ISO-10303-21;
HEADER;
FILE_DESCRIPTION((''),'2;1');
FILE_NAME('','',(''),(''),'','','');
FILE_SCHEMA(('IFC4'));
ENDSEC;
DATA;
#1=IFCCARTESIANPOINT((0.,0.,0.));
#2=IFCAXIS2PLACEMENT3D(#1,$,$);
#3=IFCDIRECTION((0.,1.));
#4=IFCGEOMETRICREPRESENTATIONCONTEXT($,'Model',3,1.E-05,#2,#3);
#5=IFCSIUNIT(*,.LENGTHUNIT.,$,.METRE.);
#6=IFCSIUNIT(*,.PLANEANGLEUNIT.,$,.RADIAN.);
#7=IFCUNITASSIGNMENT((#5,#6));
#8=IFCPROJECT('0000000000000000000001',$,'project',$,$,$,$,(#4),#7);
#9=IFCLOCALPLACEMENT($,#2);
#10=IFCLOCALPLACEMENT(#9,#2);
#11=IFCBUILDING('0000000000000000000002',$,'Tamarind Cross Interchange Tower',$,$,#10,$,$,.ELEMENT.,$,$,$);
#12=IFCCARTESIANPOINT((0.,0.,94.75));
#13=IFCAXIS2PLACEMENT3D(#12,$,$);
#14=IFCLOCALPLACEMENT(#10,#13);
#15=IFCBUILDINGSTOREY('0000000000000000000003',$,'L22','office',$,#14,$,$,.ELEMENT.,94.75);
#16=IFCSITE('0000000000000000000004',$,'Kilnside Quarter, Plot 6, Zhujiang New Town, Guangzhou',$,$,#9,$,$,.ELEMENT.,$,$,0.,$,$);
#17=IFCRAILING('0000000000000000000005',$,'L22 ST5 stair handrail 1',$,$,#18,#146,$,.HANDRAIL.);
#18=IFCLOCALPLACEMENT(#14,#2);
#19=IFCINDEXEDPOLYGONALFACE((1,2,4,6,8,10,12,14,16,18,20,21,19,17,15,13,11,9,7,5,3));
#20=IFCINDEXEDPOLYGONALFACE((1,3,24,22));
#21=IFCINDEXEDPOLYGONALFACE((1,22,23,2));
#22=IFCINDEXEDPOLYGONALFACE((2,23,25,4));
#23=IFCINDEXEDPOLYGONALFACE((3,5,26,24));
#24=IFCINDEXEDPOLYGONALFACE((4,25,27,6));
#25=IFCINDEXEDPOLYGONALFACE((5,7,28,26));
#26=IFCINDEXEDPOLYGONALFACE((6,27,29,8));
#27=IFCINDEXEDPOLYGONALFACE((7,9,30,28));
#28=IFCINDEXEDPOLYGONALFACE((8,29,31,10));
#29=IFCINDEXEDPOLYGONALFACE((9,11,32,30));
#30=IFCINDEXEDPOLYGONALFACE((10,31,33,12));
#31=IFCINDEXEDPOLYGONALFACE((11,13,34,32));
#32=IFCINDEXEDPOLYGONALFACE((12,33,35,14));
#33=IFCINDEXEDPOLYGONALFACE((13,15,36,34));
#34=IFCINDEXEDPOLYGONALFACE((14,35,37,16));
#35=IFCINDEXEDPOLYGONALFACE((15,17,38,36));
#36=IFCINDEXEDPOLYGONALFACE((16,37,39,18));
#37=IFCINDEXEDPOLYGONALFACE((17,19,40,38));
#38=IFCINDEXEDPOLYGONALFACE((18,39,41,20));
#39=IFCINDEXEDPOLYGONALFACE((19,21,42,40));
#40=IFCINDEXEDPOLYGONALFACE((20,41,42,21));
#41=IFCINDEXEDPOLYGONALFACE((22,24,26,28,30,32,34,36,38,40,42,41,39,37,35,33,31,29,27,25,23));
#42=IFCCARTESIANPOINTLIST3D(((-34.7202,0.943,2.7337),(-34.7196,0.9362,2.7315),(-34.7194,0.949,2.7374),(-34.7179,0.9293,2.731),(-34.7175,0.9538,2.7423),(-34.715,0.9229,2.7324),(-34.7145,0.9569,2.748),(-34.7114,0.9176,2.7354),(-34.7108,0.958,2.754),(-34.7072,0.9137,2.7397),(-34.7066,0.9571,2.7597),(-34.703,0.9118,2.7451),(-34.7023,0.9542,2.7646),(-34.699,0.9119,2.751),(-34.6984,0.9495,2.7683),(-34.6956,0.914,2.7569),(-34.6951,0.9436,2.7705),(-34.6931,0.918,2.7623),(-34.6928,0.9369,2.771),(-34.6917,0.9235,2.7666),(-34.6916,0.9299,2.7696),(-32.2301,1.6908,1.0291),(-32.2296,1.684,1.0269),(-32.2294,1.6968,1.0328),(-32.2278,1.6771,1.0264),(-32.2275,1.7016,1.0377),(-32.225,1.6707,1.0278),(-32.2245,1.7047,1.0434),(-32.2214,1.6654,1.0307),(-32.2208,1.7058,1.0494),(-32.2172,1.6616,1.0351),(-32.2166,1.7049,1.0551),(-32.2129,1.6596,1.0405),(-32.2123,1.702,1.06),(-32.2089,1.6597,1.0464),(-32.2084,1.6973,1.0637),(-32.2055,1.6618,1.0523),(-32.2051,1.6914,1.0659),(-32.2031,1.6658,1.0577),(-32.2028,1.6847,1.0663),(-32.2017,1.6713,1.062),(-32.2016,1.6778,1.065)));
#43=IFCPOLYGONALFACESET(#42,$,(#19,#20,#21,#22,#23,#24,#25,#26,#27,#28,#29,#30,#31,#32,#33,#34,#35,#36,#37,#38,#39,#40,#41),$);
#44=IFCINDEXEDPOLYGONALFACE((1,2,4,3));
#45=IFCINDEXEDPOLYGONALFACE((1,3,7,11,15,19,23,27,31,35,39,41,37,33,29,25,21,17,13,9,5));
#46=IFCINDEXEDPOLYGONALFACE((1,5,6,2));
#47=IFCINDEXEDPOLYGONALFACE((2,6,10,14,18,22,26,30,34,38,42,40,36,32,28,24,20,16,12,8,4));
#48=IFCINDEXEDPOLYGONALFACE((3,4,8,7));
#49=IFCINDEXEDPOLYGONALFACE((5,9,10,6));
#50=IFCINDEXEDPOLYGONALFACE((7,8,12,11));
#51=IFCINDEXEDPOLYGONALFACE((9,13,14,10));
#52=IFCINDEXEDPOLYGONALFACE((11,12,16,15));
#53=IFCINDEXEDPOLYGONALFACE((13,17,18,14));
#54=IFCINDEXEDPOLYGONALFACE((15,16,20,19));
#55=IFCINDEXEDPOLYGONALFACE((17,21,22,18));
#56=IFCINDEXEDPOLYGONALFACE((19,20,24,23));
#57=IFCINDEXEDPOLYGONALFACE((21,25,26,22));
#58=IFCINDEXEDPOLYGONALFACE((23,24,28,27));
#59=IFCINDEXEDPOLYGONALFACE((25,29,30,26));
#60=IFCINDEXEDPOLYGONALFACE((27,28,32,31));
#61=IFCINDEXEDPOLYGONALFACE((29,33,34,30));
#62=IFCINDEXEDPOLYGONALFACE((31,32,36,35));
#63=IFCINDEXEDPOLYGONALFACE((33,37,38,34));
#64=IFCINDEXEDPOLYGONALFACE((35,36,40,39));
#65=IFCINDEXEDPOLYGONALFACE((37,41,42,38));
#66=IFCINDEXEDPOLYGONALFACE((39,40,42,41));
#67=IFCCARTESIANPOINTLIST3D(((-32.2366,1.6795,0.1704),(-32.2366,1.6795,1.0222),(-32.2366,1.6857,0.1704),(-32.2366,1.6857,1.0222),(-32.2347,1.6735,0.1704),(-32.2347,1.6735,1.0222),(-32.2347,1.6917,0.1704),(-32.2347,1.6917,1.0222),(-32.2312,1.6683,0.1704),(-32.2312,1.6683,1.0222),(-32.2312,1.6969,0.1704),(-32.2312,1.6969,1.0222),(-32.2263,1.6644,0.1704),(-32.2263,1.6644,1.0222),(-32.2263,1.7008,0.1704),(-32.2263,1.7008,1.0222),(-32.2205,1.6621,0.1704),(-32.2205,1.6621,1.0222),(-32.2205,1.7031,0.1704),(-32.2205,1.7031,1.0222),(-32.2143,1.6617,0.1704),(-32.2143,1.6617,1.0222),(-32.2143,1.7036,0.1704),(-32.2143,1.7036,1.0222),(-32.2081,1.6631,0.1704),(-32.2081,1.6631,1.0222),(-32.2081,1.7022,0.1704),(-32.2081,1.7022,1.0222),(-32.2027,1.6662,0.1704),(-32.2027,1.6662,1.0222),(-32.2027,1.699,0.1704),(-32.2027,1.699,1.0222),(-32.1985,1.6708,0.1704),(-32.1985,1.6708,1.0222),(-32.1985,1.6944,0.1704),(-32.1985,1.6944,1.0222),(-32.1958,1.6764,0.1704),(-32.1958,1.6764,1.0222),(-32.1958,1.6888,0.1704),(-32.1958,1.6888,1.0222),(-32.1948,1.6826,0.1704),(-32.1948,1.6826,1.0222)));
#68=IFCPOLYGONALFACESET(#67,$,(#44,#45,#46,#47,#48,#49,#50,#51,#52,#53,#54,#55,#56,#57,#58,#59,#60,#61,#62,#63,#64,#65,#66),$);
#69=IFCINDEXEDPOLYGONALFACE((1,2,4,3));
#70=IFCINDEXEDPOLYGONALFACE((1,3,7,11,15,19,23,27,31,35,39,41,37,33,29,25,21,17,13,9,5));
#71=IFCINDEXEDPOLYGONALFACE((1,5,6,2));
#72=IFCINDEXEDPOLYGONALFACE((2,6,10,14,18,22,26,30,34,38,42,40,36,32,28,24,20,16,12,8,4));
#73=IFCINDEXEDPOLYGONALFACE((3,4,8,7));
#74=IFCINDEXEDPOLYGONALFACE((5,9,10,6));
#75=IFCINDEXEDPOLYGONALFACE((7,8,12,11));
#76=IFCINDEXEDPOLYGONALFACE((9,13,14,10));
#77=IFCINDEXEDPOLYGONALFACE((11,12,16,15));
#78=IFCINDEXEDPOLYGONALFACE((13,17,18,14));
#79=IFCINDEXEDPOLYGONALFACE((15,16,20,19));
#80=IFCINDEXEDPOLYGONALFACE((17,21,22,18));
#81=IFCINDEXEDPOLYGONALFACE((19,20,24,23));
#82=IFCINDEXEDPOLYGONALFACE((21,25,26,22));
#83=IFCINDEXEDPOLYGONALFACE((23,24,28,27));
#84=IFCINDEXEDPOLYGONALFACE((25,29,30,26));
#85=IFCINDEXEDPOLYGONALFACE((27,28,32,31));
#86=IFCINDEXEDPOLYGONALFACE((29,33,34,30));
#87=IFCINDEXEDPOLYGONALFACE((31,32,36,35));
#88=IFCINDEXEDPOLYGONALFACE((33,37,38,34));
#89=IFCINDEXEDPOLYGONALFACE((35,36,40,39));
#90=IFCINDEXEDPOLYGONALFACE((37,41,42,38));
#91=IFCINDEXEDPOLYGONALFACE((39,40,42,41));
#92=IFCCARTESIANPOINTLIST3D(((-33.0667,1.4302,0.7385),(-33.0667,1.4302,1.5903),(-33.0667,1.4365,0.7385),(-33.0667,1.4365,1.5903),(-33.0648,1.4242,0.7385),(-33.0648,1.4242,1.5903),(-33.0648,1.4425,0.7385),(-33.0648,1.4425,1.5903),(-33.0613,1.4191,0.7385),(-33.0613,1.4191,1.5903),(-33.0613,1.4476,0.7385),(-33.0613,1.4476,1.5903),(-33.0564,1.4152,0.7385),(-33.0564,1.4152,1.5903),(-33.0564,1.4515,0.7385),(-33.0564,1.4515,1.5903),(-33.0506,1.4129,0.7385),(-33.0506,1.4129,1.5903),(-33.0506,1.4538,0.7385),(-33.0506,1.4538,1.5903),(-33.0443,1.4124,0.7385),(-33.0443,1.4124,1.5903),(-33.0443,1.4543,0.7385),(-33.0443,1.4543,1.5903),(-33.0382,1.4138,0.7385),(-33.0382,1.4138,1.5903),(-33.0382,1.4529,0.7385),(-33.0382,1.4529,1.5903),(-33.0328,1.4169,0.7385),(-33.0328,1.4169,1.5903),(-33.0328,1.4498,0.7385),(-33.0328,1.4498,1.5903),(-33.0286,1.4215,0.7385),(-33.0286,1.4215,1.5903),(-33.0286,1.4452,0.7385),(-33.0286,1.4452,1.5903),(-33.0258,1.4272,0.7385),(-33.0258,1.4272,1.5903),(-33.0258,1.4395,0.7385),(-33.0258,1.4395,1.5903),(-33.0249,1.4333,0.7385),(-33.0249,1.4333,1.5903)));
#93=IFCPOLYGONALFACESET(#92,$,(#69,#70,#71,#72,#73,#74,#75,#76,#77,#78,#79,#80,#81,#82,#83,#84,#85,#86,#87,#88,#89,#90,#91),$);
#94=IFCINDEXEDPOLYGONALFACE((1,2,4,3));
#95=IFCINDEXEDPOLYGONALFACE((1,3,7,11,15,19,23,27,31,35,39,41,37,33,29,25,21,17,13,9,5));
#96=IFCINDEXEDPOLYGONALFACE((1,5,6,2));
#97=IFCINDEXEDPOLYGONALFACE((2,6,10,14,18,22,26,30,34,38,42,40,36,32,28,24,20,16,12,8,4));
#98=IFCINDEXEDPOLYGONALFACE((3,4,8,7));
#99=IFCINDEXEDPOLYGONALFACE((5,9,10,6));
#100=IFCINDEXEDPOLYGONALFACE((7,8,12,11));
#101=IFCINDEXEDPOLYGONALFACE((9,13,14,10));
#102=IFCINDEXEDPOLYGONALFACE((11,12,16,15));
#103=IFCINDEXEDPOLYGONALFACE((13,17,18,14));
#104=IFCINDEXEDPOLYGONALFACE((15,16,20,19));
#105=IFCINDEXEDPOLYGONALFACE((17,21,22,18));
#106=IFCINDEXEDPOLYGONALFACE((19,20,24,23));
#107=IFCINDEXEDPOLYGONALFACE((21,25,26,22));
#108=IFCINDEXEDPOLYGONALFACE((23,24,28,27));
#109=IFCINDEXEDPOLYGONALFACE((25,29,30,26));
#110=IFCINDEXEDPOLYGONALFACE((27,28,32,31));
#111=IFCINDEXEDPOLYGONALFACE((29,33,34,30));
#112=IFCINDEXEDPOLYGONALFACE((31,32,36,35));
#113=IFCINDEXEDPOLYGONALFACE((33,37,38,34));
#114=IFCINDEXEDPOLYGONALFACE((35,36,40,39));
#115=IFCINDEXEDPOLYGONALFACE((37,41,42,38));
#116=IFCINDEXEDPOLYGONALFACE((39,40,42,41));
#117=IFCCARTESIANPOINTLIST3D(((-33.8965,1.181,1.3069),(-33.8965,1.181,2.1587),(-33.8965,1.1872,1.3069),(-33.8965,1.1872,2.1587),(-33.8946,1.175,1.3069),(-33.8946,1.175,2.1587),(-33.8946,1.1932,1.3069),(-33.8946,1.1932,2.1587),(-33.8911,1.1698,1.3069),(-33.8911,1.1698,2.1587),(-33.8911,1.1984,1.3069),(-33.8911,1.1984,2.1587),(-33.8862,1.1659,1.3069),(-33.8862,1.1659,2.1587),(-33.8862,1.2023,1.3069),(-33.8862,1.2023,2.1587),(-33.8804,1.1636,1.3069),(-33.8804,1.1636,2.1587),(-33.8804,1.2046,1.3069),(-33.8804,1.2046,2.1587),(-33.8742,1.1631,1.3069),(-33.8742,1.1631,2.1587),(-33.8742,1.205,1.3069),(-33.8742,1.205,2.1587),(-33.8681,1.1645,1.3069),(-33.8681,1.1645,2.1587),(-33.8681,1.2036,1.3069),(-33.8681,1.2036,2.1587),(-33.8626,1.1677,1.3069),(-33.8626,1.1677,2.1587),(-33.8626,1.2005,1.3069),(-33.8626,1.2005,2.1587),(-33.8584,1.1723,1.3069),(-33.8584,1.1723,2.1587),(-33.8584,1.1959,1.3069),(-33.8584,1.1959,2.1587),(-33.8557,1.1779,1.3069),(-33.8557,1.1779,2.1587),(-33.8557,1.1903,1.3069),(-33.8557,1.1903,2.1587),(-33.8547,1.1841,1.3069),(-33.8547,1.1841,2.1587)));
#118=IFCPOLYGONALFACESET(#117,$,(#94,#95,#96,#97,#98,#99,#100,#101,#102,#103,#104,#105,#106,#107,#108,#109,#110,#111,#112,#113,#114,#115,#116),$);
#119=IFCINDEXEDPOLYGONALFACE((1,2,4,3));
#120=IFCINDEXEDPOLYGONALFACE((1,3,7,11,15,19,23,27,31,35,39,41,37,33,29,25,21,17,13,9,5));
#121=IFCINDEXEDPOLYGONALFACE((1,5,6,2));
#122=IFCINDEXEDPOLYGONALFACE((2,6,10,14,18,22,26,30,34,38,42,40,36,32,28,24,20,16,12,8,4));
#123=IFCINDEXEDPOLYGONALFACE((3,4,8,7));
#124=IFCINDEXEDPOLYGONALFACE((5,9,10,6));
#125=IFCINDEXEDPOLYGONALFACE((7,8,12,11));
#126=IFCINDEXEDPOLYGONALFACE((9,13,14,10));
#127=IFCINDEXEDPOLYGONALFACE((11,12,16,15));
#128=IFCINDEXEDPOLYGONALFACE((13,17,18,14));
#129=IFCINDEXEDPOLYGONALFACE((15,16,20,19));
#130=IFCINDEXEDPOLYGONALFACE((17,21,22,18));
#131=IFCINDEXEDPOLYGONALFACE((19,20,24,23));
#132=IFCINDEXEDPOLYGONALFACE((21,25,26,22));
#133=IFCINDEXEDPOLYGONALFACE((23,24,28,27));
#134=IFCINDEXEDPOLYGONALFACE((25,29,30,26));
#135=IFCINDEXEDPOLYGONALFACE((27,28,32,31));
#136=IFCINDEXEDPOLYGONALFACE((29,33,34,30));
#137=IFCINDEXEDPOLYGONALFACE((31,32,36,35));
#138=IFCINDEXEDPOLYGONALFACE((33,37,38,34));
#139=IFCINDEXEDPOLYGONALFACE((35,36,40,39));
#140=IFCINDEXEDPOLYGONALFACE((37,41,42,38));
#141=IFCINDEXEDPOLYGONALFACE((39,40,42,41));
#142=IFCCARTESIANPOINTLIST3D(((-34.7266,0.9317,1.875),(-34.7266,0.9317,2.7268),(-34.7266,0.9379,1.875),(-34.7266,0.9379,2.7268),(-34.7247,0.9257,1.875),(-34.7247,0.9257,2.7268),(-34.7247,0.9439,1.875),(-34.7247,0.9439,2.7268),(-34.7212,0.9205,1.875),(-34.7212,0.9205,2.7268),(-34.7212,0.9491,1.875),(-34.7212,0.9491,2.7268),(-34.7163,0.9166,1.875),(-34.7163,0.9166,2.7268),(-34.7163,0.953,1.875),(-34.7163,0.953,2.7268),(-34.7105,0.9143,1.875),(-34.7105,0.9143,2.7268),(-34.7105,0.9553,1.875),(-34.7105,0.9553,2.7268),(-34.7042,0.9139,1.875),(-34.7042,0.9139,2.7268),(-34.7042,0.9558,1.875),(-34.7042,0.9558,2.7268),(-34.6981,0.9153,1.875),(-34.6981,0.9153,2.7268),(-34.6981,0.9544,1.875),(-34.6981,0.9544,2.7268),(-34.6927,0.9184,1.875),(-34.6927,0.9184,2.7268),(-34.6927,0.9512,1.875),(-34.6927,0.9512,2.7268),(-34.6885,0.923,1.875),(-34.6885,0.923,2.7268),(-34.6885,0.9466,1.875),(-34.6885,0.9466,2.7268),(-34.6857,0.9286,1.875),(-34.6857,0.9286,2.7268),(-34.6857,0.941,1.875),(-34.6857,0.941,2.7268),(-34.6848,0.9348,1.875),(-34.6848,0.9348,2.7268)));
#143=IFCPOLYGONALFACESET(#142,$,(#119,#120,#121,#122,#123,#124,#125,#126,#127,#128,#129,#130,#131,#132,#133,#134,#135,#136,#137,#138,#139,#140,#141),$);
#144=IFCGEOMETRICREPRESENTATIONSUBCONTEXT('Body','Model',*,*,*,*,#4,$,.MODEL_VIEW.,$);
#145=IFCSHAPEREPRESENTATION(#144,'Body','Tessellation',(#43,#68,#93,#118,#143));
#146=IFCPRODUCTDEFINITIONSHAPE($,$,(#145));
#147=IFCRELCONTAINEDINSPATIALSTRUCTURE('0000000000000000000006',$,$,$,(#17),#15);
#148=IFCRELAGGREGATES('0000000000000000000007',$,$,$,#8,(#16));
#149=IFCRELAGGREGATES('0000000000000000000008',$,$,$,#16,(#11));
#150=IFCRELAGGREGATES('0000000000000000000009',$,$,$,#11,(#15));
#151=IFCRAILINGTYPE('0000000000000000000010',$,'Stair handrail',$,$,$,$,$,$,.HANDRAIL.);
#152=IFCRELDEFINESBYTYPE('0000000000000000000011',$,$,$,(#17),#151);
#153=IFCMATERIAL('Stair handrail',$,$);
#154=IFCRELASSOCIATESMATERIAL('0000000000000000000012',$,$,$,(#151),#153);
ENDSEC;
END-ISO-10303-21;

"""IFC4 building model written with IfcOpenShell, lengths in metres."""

from ifc_helpers import new_model, si_unit, direction, frame, origin, origin_2d, place, context, subcontext, project, spatial, circle, extrude, material, type_object, element, save


model = new_model("IFC4")

# Units and contexts
model_context = context("Model", 3, precision=1e-05, world=origin(), true_north=direction((0.0, 1.0)))
body_context = subcontext(model_context, "Body", "Model", "MODEL_VIEW")
ifc_project = project(units=[si_unit("LENGTHUNIT", "METRE"), si_unit("PLANEANGLEUNIT", "RADIAN")], contexts=[model_context])

# Site, building, storey
site_placement = place(None, origin())
site = spatial("IfcSite", under=ifc_project, at=site_placement, Name="Kilnside Quarter, Plot 6, Zhujiang New Town, Guangzhou", CompositionType="ELEMENT", RefElevation=0.0)
building_placement = place(site_placement, origin())
building = spatial("IfcBuilding", under=site, at=building_placement, Name="Tamarind Cross Interchange Tower", CompositionType="ELEMENT")
storey_placement = place(building_placement, frame((0.0, 0.0, 94.75)))
storey = spatial("IfcBuildingStorey", under=building, at=storey_placement, Name="L22", Description="office", CompositionType="ELEMENT", Elevation=94.75)

# Railing
ifc_material_1 = material(Name="Stair handrail")
railing_type_1 = type_object("IfcRailingType", Name="Stair handrail", PredefinedType="HANDRAIL", material=ifc_material_1)
railing_1_placement = place(storey_placement, frame((-32.2158, 1.6826, 0.1704)))
element("IfcRailing", 1, at=railing_1_placement, inside=storey, type_object=railing_type_1, Name="L22 ST5 stair handrail 1", PredefinedType="HANDRAIL", context=body_context, shape_type="SweptSolid", body=[
    extrude(circle(Radius=0.0239, at=origin_2d()), frame((0.0, 0.0, 0.876), z_axis=(-0.800939, -0.240541, 0.548304), x_axis=(0.287632, -0.957741, 0.0)), (0.0, 0.0, 1.0), 3.1089),
    extrude(circle(Radius=0.021, at=origin_2d()), origin(), (0.0, 0.0, 1.0), 0.8518),
    extrude(circle(Radius=0.021, at=origin_2d()), frame((-0.8301, -0.2493, 0.5681)), (0.0, 0.0, 1.0), 0.8518),
    extrude(circle(Radius=0.021, at=origin_2d()), frame((-1.6599, -0.4985, 1.1365)), (0.0, 0.0, 1.0), 0.8518),
    extrude(circle(Radius=0.021, at=origin_2d()), frame((-2.49, -0.7478, 1.7046)), (0.0, 0.0, 1.0), 0.8518),
])

save(model, "model.ifc")
